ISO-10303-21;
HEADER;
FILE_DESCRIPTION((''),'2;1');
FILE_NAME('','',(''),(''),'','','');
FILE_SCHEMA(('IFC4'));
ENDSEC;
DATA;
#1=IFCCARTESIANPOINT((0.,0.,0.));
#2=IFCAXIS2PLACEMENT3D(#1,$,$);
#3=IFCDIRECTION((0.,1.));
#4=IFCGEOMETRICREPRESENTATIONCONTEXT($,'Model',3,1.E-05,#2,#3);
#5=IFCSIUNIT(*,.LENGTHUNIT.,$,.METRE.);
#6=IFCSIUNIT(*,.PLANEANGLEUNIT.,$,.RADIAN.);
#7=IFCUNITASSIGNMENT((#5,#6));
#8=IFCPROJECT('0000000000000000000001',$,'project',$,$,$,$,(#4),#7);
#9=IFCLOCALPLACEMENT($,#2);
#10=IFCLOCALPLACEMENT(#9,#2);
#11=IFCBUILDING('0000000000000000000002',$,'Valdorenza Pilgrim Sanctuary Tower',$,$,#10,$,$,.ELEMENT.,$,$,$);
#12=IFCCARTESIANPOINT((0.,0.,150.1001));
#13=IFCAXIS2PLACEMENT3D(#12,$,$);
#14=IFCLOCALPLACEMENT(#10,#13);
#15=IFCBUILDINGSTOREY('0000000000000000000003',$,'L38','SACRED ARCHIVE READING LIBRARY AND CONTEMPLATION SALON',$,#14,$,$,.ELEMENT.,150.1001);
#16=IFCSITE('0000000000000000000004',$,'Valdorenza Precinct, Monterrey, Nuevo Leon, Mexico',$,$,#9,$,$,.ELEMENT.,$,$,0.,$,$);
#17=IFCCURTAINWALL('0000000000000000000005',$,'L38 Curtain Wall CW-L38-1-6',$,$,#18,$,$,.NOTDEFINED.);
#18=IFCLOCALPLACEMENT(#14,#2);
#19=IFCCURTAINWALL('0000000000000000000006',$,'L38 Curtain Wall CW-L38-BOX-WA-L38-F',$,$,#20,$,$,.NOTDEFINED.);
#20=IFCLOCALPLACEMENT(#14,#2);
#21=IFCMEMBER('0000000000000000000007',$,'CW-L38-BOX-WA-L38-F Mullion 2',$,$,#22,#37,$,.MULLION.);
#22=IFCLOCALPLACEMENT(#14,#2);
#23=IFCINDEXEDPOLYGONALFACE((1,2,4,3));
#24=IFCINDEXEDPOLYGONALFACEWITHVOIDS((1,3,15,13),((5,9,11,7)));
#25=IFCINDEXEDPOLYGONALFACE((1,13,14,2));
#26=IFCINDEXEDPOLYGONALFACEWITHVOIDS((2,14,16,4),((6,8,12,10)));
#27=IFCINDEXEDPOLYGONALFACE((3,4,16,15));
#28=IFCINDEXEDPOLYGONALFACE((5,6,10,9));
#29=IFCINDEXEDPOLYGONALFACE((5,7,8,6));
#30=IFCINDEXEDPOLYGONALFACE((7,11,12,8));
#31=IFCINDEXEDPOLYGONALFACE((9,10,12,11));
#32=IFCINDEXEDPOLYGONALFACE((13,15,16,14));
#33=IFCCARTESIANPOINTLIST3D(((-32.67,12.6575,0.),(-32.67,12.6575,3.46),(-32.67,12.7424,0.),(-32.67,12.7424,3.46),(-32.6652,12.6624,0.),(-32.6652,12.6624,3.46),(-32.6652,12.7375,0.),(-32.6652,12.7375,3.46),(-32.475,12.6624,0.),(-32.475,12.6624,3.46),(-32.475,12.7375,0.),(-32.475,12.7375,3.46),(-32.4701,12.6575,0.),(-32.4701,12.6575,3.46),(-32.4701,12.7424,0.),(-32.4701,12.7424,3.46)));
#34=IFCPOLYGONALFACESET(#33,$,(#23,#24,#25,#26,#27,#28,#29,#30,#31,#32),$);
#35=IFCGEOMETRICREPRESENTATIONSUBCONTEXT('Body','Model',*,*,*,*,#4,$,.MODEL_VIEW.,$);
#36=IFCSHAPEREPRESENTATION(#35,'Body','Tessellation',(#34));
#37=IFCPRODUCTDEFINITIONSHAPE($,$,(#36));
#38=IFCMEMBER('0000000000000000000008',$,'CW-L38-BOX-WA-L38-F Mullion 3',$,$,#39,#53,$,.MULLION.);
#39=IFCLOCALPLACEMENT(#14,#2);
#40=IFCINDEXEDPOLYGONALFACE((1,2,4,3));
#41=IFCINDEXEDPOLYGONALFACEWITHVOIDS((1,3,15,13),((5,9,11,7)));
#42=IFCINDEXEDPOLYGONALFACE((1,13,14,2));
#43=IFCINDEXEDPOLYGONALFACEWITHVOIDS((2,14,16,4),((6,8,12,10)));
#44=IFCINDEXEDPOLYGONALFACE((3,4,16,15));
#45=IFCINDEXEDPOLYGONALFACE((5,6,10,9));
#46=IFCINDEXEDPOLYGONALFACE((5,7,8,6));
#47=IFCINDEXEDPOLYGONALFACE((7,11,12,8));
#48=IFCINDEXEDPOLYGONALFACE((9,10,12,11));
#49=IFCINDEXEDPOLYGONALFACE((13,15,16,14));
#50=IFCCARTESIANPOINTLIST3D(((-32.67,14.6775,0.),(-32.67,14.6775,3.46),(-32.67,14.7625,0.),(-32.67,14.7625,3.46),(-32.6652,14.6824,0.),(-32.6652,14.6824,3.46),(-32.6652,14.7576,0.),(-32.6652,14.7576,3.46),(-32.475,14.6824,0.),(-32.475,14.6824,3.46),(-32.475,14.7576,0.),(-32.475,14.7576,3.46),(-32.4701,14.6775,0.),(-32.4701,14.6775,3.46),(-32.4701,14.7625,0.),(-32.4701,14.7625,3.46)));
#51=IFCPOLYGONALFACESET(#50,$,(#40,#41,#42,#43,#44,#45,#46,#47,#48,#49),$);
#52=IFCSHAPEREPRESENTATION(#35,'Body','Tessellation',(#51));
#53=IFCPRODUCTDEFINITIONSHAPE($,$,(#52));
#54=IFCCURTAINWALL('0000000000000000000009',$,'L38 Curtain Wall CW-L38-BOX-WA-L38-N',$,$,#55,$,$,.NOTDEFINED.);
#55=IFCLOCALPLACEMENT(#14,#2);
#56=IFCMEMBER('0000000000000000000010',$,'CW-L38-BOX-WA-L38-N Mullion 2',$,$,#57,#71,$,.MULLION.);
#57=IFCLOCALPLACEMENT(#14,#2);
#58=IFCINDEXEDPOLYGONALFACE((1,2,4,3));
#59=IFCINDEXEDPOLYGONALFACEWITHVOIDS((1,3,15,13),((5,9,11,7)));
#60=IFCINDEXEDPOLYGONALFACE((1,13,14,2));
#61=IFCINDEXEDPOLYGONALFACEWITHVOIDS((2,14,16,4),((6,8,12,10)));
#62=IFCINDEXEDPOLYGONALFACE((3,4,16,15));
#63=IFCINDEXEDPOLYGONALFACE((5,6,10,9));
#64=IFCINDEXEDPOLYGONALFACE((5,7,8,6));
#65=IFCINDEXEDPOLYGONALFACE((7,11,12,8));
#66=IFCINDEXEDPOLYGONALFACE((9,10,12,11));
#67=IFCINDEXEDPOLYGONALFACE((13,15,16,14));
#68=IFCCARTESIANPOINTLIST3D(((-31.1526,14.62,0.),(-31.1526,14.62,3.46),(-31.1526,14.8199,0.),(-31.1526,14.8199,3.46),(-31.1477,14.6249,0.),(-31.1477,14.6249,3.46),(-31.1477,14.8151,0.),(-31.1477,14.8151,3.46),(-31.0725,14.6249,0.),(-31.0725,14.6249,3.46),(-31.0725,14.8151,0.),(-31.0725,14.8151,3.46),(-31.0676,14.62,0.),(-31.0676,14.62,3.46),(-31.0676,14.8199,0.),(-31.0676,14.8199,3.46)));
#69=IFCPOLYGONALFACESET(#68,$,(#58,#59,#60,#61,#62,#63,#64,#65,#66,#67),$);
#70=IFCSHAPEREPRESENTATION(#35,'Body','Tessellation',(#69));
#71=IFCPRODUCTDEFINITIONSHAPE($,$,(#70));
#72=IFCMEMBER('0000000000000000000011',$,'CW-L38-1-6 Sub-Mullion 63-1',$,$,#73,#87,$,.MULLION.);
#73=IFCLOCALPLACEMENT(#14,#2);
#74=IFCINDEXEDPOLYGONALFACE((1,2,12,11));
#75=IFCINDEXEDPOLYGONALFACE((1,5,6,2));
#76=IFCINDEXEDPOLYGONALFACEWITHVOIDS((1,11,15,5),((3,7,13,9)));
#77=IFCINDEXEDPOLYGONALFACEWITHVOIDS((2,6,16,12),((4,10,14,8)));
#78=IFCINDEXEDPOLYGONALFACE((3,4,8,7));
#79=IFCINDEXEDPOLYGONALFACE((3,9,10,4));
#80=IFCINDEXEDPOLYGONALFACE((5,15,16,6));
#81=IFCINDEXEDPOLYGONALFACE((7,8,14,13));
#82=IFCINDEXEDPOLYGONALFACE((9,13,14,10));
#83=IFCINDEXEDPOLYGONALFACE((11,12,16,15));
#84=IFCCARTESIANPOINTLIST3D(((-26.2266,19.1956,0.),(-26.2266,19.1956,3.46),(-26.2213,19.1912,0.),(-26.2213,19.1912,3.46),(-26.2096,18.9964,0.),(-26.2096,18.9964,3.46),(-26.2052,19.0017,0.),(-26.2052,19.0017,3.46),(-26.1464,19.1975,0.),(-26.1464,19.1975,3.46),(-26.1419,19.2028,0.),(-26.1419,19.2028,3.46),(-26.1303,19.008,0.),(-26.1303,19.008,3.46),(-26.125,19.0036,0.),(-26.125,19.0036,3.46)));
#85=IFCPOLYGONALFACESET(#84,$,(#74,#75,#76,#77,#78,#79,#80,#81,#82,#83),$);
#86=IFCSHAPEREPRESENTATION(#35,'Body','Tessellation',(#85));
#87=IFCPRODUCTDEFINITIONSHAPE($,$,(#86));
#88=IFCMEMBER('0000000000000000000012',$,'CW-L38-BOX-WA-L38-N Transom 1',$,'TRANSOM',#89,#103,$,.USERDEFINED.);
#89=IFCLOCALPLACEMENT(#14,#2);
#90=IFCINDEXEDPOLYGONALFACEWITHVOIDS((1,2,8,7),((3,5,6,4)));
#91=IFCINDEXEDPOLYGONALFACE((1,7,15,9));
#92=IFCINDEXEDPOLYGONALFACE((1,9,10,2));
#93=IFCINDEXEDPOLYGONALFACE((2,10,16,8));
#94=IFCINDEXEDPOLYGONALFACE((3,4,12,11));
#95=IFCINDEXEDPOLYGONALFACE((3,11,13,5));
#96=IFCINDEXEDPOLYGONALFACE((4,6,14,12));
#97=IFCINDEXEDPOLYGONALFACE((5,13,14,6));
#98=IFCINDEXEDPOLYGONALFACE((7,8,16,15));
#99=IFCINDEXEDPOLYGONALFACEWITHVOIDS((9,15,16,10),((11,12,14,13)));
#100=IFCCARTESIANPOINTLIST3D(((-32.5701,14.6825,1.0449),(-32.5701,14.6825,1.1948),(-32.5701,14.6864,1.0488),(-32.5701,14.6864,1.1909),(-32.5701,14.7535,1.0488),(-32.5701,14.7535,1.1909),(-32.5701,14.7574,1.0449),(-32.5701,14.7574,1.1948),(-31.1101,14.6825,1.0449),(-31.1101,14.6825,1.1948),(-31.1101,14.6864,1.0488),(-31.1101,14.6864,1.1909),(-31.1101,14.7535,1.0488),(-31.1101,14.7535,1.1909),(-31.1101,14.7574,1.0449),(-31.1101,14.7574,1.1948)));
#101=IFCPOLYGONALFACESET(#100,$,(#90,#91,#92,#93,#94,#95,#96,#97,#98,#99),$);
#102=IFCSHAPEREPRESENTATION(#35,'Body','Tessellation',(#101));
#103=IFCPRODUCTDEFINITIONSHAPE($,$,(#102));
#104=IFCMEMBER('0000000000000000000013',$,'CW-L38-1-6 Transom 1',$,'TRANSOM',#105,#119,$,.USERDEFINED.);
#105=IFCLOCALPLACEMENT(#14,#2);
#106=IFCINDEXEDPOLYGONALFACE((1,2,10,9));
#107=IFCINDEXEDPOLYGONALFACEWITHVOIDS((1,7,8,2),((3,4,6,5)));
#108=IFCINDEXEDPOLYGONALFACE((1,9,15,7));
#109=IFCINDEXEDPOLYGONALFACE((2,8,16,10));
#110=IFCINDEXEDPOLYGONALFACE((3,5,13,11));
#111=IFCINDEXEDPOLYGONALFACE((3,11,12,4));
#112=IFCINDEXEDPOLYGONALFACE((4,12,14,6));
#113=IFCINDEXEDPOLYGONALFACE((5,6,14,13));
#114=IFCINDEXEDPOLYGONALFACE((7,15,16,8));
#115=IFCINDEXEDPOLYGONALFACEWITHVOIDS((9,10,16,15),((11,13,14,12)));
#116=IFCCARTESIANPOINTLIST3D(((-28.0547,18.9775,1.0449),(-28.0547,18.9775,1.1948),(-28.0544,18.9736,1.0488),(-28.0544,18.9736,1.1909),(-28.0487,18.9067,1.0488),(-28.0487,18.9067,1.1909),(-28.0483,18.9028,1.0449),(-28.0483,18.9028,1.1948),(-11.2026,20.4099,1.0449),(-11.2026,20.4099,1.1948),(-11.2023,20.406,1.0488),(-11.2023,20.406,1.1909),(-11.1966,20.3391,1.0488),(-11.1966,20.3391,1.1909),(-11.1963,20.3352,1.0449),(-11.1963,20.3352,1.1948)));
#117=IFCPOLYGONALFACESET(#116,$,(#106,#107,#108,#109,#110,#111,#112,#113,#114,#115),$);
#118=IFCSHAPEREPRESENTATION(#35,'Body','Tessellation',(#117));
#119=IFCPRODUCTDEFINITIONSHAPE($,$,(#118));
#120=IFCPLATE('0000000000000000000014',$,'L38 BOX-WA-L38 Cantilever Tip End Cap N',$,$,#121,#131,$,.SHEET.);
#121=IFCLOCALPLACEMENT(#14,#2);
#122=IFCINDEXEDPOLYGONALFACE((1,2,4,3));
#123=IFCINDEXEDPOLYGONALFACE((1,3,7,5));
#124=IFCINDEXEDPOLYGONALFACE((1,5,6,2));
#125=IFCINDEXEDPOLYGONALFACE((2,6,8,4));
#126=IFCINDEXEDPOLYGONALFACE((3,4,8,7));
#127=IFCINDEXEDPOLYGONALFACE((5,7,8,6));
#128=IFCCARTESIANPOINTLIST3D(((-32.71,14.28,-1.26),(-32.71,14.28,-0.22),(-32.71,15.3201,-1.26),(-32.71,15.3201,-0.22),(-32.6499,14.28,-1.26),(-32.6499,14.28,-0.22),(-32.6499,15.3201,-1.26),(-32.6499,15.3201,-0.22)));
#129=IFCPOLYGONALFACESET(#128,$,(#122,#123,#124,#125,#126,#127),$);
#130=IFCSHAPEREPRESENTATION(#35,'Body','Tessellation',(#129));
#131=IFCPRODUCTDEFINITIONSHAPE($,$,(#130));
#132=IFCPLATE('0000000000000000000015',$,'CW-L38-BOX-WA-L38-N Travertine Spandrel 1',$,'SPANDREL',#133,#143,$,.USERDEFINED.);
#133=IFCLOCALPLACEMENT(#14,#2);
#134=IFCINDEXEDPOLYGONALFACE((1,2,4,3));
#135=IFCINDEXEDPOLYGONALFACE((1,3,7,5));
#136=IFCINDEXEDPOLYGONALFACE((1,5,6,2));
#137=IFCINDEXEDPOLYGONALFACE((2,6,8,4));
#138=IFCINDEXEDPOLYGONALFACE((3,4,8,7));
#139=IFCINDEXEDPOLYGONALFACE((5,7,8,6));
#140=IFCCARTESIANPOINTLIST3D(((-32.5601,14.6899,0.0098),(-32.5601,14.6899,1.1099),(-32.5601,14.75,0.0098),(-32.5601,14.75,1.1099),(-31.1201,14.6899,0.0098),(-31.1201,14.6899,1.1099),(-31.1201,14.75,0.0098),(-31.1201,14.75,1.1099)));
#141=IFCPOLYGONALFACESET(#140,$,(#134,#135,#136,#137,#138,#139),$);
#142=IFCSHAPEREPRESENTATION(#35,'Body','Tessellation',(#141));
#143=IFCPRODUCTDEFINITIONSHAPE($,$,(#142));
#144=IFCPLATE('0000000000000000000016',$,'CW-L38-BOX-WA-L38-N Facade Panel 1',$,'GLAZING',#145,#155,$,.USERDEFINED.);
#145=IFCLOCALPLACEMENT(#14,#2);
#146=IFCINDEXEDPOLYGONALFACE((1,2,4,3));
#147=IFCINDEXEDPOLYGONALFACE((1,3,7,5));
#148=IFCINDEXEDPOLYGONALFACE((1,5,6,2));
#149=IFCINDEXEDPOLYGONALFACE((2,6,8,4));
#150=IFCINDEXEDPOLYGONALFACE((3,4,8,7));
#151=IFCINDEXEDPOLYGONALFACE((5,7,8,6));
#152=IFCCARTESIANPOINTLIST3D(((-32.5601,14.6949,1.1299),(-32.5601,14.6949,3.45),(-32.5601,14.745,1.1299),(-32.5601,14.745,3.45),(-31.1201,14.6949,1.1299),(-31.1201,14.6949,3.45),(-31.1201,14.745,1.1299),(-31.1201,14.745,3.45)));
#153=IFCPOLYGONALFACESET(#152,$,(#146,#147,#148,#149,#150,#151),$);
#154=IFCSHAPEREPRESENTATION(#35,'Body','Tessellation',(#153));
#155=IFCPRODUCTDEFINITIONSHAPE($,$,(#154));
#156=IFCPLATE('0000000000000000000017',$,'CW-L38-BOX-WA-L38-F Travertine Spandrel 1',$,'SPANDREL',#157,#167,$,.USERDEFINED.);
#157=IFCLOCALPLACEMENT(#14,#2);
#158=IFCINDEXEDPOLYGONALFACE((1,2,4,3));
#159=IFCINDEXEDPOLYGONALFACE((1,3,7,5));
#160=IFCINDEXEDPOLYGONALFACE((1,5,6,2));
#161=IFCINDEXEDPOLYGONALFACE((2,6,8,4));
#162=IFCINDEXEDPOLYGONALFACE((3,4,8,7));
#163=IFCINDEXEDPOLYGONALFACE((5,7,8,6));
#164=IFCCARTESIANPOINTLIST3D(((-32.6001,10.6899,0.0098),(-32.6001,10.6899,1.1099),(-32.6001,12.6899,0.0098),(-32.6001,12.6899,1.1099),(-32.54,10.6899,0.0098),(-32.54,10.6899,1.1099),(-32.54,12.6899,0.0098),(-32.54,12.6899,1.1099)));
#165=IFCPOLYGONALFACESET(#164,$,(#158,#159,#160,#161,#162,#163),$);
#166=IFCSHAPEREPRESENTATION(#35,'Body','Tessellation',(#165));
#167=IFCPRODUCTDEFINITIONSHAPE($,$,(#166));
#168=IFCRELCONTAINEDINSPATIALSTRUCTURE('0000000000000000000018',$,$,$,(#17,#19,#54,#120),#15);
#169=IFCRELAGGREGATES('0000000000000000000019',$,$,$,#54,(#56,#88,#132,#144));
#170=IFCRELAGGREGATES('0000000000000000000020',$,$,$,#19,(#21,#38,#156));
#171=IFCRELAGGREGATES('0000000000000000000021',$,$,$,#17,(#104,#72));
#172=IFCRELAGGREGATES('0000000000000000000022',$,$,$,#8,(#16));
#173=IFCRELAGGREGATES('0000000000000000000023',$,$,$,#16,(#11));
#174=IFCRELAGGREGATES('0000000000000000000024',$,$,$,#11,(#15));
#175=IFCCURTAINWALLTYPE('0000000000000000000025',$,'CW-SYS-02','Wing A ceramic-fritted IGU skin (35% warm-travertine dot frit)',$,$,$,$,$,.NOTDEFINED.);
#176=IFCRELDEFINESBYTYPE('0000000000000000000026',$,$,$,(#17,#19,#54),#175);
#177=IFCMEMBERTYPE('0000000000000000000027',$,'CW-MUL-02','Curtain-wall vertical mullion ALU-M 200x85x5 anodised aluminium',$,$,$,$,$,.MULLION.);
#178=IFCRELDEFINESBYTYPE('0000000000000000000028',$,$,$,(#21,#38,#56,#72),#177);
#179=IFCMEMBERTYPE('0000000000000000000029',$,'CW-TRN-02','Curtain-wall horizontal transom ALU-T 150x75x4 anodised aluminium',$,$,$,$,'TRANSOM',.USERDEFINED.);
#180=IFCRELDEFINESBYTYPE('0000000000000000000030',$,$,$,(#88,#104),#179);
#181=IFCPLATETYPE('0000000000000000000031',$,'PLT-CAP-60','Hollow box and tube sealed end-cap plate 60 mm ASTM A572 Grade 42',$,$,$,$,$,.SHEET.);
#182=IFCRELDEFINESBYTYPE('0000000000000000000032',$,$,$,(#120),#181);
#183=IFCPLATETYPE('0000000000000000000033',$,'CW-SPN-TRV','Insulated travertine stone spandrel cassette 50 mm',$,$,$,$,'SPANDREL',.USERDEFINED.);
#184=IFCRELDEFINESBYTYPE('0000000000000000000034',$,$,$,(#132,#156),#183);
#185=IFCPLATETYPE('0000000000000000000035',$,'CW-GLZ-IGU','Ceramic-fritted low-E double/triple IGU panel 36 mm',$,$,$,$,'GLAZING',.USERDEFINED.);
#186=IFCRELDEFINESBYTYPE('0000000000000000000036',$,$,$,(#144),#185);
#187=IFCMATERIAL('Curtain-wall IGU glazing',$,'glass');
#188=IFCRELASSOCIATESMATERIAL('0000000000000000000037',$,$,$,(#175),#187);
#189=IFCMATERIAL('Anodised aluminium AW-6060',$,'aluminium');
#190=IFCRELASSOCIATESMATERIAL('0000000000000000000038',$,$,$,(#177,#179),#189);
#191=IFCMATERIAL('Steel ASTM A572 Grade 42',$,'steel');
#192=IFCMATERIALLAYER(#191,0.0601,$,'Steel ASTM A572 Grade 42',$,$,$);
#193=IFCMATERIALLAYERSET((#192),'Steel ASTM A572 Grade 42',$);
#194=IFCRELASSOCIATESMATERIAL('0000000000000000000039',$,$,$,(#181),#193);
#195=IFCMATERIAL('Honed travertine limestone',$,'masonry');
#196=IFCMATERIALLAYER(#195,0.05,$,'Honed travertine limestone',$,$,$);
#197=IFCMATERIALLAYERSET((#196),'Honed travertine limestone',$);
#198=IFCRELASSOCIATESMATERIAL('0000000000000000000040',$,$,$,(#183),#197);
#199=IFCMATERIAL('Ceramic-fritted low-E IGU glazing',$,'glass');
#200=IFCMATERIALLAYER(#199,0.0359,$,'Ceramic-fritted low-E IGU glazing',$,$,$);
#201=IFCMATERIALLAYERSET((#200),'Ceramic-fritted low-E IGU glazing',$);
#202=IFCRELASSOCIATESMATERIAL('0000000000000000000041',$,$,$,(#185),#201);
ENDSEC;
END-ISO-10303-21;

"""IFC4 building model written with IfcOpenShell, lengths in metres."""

from ifc_helpers import new_model, si_unit, direction, frame, origin, origin_2d, place, context, subcontext, project, spatial, rectangle, hollow_rectangle, extrude, source, transform, mapped, material, layer, layer_set, material_profile, profile_set, type_object, element, aggregate, save


model = new_model("IFC4")

# Units and contexts
model_context = context("Model", 3, precision=1e-05, world=origin(), true_north=direction((0.0, 1.0)))
body_context = subcontext(model_context, "Body", "Model", "MODEL_VIEW")
ifc_project = project(units=[si_unit("LENGTHUNIT", "METRE"), si_unit("PLANEANGLEUNIT", "RADIAN")], contexts=[model_context])

# Site, building, storey
site_placement = place(None, origin())
site = spatial("IfcSite", under=ifc_project, at=site_placement, Name="Valdorenza Precinct, Monterrey, Nuevo Leon, Mexico", CompositionType="ELEMENT", RefElevation=0.0)
building_placement = place(site_placement, origin())
building = spatial("IfcBuilding", under=site, at=building_placement, Name="Valdorenza Pilgrim Sanctuary Tower", CompositionType="ELEMENT")
storey_placement = place(building_placement, frame((0.0, 0.0, 150.1001)))
storey = spatial("IfcBuildingStorey", under=building, at=storey_placement, Name="L38", Description="SACRED ARCHIVE READING LIBRARY AND CONTEMPLATION SALON", CompositionType="ELEMENT", Elevation=150.1001)

# Shared definitions
ifc_material_1 = material(Name="Steel ASTM A572 Grade 42", Category="steel")

# Curtain wall
ifc_material_2 = material(Name="Curtain-wall IGU glazing", Category="glass")
curtain_wall_type = type_object("IfcCurtainWallType", Name="CW-SYS-02", Description="Wing A ceramic-fritted IGU skin (35% warm-travertine dot frit)", PredefinedType="NOTDEFINED", material=ifc_material_2)
curtain_wall_1_placement = place(storey_placement, origin())
curtain_wall_1 = element("IfcCurtainWall", 1, at=curtain_wall_1_placement, inside=storey, type_object=curtain_wall_type, Name="L38 Curtain Wall CW-L38-1-6", PredefinedType="NOTDEFINED")
ifc_material_3 = material(Name="Anodised aluminium AW-6060", Category="aluminium")
ifc_material_profile_1 = material_profile(ifc_material_3, hollow_rectangle(XDim=0.085, YDim=0.2, WallThickness=0.0049, at=origin_2d()), Name="ALU-M 200x85x5")
ifc_profile_set_1 = profile_set([ifc_material_profile_1], Name="Anodised aluminium AW-6060")
member_type_1 = type_object("IfcMemberType", Name="CW-MUL-02", Description="Curtain-wall vertical mullion ALU-M 200x85x5 anodised aluminium", PredefinedType="MULLION", material=ifc_profile_set_1)
shared_shape_1 = source(origin(), body_context, "Body", "SweptSolid", [
    extrude(hollow_rectangle(XDim=0.085, YDim=0.2, WallThickness=0.0049, at=origin_2d()), origin(), (0.0, 0.0, 1.0), 3.46),
])

# Curtain wall, members
curtain_wall_2_placement = place(storey_placement, origin())
curtain_wall_2 = element("IfcCurtainWall", 2, at=curtain_wall_2_placement, inside=storey, type_object=curtain_wall_type, Name="L38 Curtain Wall CW-L38-BOX-WA-L38-F", PredefinedType="NOTDEFINED")
member_1_placement = place(storey_placement, frame((-32.5701, 12.7, 0.0), z_axis=(0.0, 0.0, 1.0), x_axis=(0.0, 1.0, 0.0)))
member_1 = element("IfcMember", 3, at=member_1_placement, type_object=member_type_1, Name="CW-L38-BOX-WA-L38-F Mullion 2", PredefinedType="MULLION", context=body_context, shape_type="MappedRepresentation", body=[
    mapped(shared_shape_1, transform((0.0, 0.0, 0.0), x_axis=(1.0, 0.0, 0.0), y_axis=(0.0, 1.0, 0.0), z_axis=(0.0, 0.0, 1.0), scale=1.0)),
])
member_2_placement = place(storey_placement, frame((-32.5701, 14.72, 0.0), z_axis=(0.0, 0.0, 1.0), x_axis=(0.0, 1.0, 0.0)))
member_2 = element("IfcMember", 4, at=member_2_placement, type_object=member_type_1, Name="CW-L38-BOX-WA-L38-F Mullion 3", PredefinedType="MULLION", context=body_context, shape_type="MappedRepresentation", body=[
    mapped(shared_shape_1, transform((0.0, 0.0, 0.0), x_axis=(1.0, 0.0, 0.0), y_axis=(0.0, 1.0, 0.0), z_axis=(0.0, 0.0, 1.0), scale=1.0)),
])

# Curtain wall, member
curtain_wall_3_placement = place(storey_placement, origin())
curtain_wall_3 = element("IfcCurtainWall", 5, at=curtain_wall_3_placement, inside=storey, type_object=curtain_wall_type, Name="L38 Curtain Wall CW-L38-BOX-WA-L38-N", PredefinedType="NOTDEFINED")
member_3_placement = place(storey_placement, frame((-31.1101, 14.72, 0.0), z_axis=(0.0, 0.0, 1.0), x_axis=(1.0, 0.0, 0.0)))
member_3 = element("IfcMember", 6, at=member_3_placement, type_object=member_type_1, Name="CW-L38-BOX-WA-L38-N Mullion 2", PredefinedType="MULLION", context=body_context, shape_type="MappedRepresentation", body=[
    mapped(shared_shape_1, transform((0.0, 0.0, 0.0), x_axis=(1.0, 0.0, 0.0), y_axis=(0.0, 1.0, 0.0), z_axis=(0.0, 0.0, 1.0), scale=1.0)),
])

# Members
member_4_placement = place(storey_placement, frame((-26.1758, 19.0996, 0.0), z_axis=(0.0, 0.0, 1.0), x_axis=(0.996408, 0.084687, 0.0)))
member_4 = element("IfcMember", 7, at=member_4_placement, type_object=member_type_1, Name="CW-L38-1-6 Sub-Mullion 63-1", PredefinedType="MULLION", context=body_context, shape_type="MappedRepresentation", body=[
    mapped(shared_shape_1, transform((0.0, 0.0, 0.0), x_axis=(1.0, 0.0, 0.0), y_axis=(0.0, 1.0, 0.0), z_axis=(0.0, 0.0, 1.0), scale=1.0)),
])
ifc_material_profile_2 = material_profile(ifc_material_3, hollow_rectangle(XDim=0.075, YDim=0.1499, WallThickness=0.0039, at=origin_2d()), Name="ALU-T 150x75x4")
ifc_profile_set_2 = profile_set([ifc_material_profile_2], Name="Anodised aluminium AW-6060")
member_type_2 = type_object("IfcMemberType", Name="CW-TRN-02", Description="Curtain-wall horizontal transom ALU-T 150x75x4 anodised aluminium", ElementType="TRANSOM", PredefinedType="USERDEFINED", material=ifc_profile_set_2)
shared_shape_2 = source(origin(), body_context, "Body", "SweptSolid", [
    extrude(hollow_rectangle(XDim=0.075, YDim=0.1499, WallThickness=0.0039, at=origin_2d()), origin(), (0.0, 0.0, 1.0), 1.46),
])
member_5_placement = place(storey_placement, frame((-32.5701, 14.72, 1.1199), z_axis=(1.0, 0.0, 0.0), x_axis=(0.0, 1.0, 0.0)))
member_5 = element("IfcMember", 8, at=member_5_placement, type_object=member_type_2, Name="CW-L38-BOX-WA-L38-N Transom 1", ObjectType="TRANSOM", PredefinedType="USERDEFINED", context=body_context, shape_type="MappedRepresentation", body=[
    mapped(shared_shape_2, transform((0.0, 0.0, 0.0), x_axis=(1.0, 0.0, 0.0), y_axis=(0.0, 1.0, 0.0), z_axis=(0.0, 0.0, 1.0), scale=1.0)),
])
shared_shape_3 = source(origin(), body_context, "Body", "SweptSolid", [
    extrude(hollow_rectangle(XDim=0.075, YDim=0.1499, WallThickness=0.0039, at=origin_2d()), origin(), (0.0, 0.0, 1.0), 16.9128),
])
member_6_placement = place(storey_placement, frame((-28.0515, 18.9402, 1.1199), z_axis=(0.996407, 0.084692, 0.0), x_axis=(-0.084692, 0.996407, 0.0)))
member_6 = element("IfcMember", 9, at=member_6_placement, type_object=member_type_2, Name="CW-L38-1-6 Transom 1", ObjectType="TRANSOM", PredefinedType="USERDEFINED", context=body_context, shape_type="MappedRepresentation", body=[
    mapped(shared_shape_3, transform((0.0, 0.0, 0.0), x_axis=(1.0, 0.0, 0.0), y_axis=(0.0, 1.0, 0.0), z_axis=(0.0, 0.0, 1.0), scale=1.0)),
])

# Plates
ifc_layer_1 = layer(ifc_material_1, 0.0601, Name="Steel ASTM A572 Grade 42")
ifc_layer_set_1 = layer_set([ifc_layer_1], Name="Steel ASTM A572 Grade 42")
plate_type_1 = type_object("IfcPlateType", Name="PLT-CAP-60", Description="Hollow box and tube sealed end-cap plate 60 mm ASTM A572 Grade 42", PredefinedType="SHEET", material=ifc_layer_set_1)
shared_shape_4 = source(origin(), body_context, "Body", "SweptSolid", [
    extrude(rectangle(XDim=0.0601, YDim=1.04, at=origin_2d()), origin(), (0.0, 0.0, 1.0), 1.04),
])
plate_1_placement = place(storey_placement, frame((-32.6799, 14.8, -1.26), z_axis=(0.0, 0.0, 1.0), x_axis=(1.0, 0.0, 0.0)))
element("IfcPlate", 10, at=plate_1_placement, inside=storey, type_object=plate_type_1, Name="L38 BOX-WA-L38 Cantilever Tip End Cap N", PredefinedType="SHEET", context=body_context, shape_type="MappedRepresentation", body=[
    mapped(shared_shape_4, transform((0.0, 0.0, 0.0), x_axis=(1.0, 0.0, 0.0), y_axis=(0.0, 1.0, 0.0), z_axis=(0.0, 0.0, 1.0), scale=1.0)),
])
ifc_material_4 = material(Name="Honed travertine limestone", Category="masonry")
ifc_layer_2 = layer(ifc_material_4, 0.05, Name="Honed travertine limestone")
ifc_layer_set_2 = layer_set([ifc_layer_2], Name="Honed travertine limestone")
plate_type_2 = type_object("IfcPlateType", Name="CW-SPN-TRV", Description="Insulated travertine stone spandrel cassette 50 mm", ElementType="SPANDREL", PredefinedType="USERDEFINED", material=ifc_layer_set_2)
shared_shape_5 = source(origin(), body_context, "Body", "SweptSolid", [
    extrude(rectangle(XDim=1.4399, YDim=0.0601, at=origin_2d()), origin(), (0.0, 0.0, 1.0), 1.1001),
])
plate_2_placement = place(storey_placement, frame((-31.8401, 14.72, 0.0098), z_axis=(0.0, 0.0, 1.0), x_axis=(1.0, 0.0, 0.0)))
plate_2 = element("IfcPlate", 11, at=plate_2_placement, type_object=plate_type_2, Name="CW-L38-BOX-WA-L38-N Travertine Spandrel 1", ObjectType="SPANDREL", PredefinedType="USERDEFINED", context=body_context, shape_type="MappedRepresentation", body=[
    mapped(shared_shape_5, transform((0.0, 0.0, 0.0), x_axis=(1.0, 0.0, 0.0), y_axis=(0.0, 1.0, 0.0), z_axis=(0.0, 0.0, 1.0), scale=1.0)),
])
ifc_material_5 = material(Name="Ceramic-fritted low-E IGU glazing", Category="glass")
ifc_layer_3 = layer(ifc_material_5, 0.0359, Name="Ceramic-fritted low-E IGU glazing")
ifc_layer_set_3 = layer_set([ifc_layer_3], Name="Ceramic-fritted low-E IGU glazing")
plate_type_3 = type_object("IfcPlateType", Name="CW-GLZ-IGU", Description="Ceramic-fritted low-E double/triple IGU panel 36 mm", ElementType="GLAZING", PredefinedType="USERDEFINED", material=ifc_layer_set_3)
shared_shape_6 = source(origin(), body_context, "Body", "SweptSolid", [
    extrude(rectangle(XDim=1.4399, YDim=0.05, at=origin_2d()), origin(), (0.0, 0.0, 1.0), 2.3201),
])
plate_3_placement = place(storey_placement, frame((-31.8401, 14.72, 1.1299), z_axis=(0.0, 0.0, 1.0), x_axis=(1.0, 0.0, 0.0)))
plate_3 = element("IfcPlate", 12, at=plate_3_placement, type_object=plate_type_3, Name="CW-L38-BOX-WA-L38-N Facade Panel 1", ObjectType="GLAZING", PredefinedType="USERDEFINED", context=body_context, shape_type="MappedRepresentation", body=[
    mapped(shared_shape_6, transform((0.0, 0.0, 0.0), x_axis=(1.0, 0.0, 0.0), y_axis=(0.0, 1.0, 0.0), z_axis=(0.0, 0.0, 1.0), scale=1.0)),
])
aggregate(curtain_wall_3, [member_3, member_5, plate_2, plate_3])
shared_shape_7 = source(origin(), body_context, "Body", "SweptSolid", [
    extrude(rectangle(XDim=2.0, YDim=0.0601, at=origin_2d()), origin(), (0.0, 0.0, 1.0), 1.1001),
])
plate_4_placement = place(storey_placement, frame((-32.5701, 11.6899, 0.0098), z_axis=(0.0, 0.0, 1.0), x_axis=(0.0, 1.0, 0.0)))
plate_4 = element("IfcPlate", 13, at=plate_4_placement, type_object=plate_type_2, Name="CW-L38-BOX-WA-L38-F Travertine Spandrel 1", ObjectType="SPANDREL", PredefinedType="USERDEFINED", context=body_context, shape_type="MappedRepresentation", body=[
    mapped(shared_shape_7, transform((0.0, 0.0, 0.0), x_axis=(1.0, 0.0, 0.0), y_axis=(0.0, 1.0, 0.0), z_axis=(0.0, 0.0, 1.0), scale=1.0)),
])
aggregate(curtain_wall_2, [member_1, member_2, plate_4])
aggregate(curtain_wall_1, [member_6, member_4])

save(model, "model.ifc")
